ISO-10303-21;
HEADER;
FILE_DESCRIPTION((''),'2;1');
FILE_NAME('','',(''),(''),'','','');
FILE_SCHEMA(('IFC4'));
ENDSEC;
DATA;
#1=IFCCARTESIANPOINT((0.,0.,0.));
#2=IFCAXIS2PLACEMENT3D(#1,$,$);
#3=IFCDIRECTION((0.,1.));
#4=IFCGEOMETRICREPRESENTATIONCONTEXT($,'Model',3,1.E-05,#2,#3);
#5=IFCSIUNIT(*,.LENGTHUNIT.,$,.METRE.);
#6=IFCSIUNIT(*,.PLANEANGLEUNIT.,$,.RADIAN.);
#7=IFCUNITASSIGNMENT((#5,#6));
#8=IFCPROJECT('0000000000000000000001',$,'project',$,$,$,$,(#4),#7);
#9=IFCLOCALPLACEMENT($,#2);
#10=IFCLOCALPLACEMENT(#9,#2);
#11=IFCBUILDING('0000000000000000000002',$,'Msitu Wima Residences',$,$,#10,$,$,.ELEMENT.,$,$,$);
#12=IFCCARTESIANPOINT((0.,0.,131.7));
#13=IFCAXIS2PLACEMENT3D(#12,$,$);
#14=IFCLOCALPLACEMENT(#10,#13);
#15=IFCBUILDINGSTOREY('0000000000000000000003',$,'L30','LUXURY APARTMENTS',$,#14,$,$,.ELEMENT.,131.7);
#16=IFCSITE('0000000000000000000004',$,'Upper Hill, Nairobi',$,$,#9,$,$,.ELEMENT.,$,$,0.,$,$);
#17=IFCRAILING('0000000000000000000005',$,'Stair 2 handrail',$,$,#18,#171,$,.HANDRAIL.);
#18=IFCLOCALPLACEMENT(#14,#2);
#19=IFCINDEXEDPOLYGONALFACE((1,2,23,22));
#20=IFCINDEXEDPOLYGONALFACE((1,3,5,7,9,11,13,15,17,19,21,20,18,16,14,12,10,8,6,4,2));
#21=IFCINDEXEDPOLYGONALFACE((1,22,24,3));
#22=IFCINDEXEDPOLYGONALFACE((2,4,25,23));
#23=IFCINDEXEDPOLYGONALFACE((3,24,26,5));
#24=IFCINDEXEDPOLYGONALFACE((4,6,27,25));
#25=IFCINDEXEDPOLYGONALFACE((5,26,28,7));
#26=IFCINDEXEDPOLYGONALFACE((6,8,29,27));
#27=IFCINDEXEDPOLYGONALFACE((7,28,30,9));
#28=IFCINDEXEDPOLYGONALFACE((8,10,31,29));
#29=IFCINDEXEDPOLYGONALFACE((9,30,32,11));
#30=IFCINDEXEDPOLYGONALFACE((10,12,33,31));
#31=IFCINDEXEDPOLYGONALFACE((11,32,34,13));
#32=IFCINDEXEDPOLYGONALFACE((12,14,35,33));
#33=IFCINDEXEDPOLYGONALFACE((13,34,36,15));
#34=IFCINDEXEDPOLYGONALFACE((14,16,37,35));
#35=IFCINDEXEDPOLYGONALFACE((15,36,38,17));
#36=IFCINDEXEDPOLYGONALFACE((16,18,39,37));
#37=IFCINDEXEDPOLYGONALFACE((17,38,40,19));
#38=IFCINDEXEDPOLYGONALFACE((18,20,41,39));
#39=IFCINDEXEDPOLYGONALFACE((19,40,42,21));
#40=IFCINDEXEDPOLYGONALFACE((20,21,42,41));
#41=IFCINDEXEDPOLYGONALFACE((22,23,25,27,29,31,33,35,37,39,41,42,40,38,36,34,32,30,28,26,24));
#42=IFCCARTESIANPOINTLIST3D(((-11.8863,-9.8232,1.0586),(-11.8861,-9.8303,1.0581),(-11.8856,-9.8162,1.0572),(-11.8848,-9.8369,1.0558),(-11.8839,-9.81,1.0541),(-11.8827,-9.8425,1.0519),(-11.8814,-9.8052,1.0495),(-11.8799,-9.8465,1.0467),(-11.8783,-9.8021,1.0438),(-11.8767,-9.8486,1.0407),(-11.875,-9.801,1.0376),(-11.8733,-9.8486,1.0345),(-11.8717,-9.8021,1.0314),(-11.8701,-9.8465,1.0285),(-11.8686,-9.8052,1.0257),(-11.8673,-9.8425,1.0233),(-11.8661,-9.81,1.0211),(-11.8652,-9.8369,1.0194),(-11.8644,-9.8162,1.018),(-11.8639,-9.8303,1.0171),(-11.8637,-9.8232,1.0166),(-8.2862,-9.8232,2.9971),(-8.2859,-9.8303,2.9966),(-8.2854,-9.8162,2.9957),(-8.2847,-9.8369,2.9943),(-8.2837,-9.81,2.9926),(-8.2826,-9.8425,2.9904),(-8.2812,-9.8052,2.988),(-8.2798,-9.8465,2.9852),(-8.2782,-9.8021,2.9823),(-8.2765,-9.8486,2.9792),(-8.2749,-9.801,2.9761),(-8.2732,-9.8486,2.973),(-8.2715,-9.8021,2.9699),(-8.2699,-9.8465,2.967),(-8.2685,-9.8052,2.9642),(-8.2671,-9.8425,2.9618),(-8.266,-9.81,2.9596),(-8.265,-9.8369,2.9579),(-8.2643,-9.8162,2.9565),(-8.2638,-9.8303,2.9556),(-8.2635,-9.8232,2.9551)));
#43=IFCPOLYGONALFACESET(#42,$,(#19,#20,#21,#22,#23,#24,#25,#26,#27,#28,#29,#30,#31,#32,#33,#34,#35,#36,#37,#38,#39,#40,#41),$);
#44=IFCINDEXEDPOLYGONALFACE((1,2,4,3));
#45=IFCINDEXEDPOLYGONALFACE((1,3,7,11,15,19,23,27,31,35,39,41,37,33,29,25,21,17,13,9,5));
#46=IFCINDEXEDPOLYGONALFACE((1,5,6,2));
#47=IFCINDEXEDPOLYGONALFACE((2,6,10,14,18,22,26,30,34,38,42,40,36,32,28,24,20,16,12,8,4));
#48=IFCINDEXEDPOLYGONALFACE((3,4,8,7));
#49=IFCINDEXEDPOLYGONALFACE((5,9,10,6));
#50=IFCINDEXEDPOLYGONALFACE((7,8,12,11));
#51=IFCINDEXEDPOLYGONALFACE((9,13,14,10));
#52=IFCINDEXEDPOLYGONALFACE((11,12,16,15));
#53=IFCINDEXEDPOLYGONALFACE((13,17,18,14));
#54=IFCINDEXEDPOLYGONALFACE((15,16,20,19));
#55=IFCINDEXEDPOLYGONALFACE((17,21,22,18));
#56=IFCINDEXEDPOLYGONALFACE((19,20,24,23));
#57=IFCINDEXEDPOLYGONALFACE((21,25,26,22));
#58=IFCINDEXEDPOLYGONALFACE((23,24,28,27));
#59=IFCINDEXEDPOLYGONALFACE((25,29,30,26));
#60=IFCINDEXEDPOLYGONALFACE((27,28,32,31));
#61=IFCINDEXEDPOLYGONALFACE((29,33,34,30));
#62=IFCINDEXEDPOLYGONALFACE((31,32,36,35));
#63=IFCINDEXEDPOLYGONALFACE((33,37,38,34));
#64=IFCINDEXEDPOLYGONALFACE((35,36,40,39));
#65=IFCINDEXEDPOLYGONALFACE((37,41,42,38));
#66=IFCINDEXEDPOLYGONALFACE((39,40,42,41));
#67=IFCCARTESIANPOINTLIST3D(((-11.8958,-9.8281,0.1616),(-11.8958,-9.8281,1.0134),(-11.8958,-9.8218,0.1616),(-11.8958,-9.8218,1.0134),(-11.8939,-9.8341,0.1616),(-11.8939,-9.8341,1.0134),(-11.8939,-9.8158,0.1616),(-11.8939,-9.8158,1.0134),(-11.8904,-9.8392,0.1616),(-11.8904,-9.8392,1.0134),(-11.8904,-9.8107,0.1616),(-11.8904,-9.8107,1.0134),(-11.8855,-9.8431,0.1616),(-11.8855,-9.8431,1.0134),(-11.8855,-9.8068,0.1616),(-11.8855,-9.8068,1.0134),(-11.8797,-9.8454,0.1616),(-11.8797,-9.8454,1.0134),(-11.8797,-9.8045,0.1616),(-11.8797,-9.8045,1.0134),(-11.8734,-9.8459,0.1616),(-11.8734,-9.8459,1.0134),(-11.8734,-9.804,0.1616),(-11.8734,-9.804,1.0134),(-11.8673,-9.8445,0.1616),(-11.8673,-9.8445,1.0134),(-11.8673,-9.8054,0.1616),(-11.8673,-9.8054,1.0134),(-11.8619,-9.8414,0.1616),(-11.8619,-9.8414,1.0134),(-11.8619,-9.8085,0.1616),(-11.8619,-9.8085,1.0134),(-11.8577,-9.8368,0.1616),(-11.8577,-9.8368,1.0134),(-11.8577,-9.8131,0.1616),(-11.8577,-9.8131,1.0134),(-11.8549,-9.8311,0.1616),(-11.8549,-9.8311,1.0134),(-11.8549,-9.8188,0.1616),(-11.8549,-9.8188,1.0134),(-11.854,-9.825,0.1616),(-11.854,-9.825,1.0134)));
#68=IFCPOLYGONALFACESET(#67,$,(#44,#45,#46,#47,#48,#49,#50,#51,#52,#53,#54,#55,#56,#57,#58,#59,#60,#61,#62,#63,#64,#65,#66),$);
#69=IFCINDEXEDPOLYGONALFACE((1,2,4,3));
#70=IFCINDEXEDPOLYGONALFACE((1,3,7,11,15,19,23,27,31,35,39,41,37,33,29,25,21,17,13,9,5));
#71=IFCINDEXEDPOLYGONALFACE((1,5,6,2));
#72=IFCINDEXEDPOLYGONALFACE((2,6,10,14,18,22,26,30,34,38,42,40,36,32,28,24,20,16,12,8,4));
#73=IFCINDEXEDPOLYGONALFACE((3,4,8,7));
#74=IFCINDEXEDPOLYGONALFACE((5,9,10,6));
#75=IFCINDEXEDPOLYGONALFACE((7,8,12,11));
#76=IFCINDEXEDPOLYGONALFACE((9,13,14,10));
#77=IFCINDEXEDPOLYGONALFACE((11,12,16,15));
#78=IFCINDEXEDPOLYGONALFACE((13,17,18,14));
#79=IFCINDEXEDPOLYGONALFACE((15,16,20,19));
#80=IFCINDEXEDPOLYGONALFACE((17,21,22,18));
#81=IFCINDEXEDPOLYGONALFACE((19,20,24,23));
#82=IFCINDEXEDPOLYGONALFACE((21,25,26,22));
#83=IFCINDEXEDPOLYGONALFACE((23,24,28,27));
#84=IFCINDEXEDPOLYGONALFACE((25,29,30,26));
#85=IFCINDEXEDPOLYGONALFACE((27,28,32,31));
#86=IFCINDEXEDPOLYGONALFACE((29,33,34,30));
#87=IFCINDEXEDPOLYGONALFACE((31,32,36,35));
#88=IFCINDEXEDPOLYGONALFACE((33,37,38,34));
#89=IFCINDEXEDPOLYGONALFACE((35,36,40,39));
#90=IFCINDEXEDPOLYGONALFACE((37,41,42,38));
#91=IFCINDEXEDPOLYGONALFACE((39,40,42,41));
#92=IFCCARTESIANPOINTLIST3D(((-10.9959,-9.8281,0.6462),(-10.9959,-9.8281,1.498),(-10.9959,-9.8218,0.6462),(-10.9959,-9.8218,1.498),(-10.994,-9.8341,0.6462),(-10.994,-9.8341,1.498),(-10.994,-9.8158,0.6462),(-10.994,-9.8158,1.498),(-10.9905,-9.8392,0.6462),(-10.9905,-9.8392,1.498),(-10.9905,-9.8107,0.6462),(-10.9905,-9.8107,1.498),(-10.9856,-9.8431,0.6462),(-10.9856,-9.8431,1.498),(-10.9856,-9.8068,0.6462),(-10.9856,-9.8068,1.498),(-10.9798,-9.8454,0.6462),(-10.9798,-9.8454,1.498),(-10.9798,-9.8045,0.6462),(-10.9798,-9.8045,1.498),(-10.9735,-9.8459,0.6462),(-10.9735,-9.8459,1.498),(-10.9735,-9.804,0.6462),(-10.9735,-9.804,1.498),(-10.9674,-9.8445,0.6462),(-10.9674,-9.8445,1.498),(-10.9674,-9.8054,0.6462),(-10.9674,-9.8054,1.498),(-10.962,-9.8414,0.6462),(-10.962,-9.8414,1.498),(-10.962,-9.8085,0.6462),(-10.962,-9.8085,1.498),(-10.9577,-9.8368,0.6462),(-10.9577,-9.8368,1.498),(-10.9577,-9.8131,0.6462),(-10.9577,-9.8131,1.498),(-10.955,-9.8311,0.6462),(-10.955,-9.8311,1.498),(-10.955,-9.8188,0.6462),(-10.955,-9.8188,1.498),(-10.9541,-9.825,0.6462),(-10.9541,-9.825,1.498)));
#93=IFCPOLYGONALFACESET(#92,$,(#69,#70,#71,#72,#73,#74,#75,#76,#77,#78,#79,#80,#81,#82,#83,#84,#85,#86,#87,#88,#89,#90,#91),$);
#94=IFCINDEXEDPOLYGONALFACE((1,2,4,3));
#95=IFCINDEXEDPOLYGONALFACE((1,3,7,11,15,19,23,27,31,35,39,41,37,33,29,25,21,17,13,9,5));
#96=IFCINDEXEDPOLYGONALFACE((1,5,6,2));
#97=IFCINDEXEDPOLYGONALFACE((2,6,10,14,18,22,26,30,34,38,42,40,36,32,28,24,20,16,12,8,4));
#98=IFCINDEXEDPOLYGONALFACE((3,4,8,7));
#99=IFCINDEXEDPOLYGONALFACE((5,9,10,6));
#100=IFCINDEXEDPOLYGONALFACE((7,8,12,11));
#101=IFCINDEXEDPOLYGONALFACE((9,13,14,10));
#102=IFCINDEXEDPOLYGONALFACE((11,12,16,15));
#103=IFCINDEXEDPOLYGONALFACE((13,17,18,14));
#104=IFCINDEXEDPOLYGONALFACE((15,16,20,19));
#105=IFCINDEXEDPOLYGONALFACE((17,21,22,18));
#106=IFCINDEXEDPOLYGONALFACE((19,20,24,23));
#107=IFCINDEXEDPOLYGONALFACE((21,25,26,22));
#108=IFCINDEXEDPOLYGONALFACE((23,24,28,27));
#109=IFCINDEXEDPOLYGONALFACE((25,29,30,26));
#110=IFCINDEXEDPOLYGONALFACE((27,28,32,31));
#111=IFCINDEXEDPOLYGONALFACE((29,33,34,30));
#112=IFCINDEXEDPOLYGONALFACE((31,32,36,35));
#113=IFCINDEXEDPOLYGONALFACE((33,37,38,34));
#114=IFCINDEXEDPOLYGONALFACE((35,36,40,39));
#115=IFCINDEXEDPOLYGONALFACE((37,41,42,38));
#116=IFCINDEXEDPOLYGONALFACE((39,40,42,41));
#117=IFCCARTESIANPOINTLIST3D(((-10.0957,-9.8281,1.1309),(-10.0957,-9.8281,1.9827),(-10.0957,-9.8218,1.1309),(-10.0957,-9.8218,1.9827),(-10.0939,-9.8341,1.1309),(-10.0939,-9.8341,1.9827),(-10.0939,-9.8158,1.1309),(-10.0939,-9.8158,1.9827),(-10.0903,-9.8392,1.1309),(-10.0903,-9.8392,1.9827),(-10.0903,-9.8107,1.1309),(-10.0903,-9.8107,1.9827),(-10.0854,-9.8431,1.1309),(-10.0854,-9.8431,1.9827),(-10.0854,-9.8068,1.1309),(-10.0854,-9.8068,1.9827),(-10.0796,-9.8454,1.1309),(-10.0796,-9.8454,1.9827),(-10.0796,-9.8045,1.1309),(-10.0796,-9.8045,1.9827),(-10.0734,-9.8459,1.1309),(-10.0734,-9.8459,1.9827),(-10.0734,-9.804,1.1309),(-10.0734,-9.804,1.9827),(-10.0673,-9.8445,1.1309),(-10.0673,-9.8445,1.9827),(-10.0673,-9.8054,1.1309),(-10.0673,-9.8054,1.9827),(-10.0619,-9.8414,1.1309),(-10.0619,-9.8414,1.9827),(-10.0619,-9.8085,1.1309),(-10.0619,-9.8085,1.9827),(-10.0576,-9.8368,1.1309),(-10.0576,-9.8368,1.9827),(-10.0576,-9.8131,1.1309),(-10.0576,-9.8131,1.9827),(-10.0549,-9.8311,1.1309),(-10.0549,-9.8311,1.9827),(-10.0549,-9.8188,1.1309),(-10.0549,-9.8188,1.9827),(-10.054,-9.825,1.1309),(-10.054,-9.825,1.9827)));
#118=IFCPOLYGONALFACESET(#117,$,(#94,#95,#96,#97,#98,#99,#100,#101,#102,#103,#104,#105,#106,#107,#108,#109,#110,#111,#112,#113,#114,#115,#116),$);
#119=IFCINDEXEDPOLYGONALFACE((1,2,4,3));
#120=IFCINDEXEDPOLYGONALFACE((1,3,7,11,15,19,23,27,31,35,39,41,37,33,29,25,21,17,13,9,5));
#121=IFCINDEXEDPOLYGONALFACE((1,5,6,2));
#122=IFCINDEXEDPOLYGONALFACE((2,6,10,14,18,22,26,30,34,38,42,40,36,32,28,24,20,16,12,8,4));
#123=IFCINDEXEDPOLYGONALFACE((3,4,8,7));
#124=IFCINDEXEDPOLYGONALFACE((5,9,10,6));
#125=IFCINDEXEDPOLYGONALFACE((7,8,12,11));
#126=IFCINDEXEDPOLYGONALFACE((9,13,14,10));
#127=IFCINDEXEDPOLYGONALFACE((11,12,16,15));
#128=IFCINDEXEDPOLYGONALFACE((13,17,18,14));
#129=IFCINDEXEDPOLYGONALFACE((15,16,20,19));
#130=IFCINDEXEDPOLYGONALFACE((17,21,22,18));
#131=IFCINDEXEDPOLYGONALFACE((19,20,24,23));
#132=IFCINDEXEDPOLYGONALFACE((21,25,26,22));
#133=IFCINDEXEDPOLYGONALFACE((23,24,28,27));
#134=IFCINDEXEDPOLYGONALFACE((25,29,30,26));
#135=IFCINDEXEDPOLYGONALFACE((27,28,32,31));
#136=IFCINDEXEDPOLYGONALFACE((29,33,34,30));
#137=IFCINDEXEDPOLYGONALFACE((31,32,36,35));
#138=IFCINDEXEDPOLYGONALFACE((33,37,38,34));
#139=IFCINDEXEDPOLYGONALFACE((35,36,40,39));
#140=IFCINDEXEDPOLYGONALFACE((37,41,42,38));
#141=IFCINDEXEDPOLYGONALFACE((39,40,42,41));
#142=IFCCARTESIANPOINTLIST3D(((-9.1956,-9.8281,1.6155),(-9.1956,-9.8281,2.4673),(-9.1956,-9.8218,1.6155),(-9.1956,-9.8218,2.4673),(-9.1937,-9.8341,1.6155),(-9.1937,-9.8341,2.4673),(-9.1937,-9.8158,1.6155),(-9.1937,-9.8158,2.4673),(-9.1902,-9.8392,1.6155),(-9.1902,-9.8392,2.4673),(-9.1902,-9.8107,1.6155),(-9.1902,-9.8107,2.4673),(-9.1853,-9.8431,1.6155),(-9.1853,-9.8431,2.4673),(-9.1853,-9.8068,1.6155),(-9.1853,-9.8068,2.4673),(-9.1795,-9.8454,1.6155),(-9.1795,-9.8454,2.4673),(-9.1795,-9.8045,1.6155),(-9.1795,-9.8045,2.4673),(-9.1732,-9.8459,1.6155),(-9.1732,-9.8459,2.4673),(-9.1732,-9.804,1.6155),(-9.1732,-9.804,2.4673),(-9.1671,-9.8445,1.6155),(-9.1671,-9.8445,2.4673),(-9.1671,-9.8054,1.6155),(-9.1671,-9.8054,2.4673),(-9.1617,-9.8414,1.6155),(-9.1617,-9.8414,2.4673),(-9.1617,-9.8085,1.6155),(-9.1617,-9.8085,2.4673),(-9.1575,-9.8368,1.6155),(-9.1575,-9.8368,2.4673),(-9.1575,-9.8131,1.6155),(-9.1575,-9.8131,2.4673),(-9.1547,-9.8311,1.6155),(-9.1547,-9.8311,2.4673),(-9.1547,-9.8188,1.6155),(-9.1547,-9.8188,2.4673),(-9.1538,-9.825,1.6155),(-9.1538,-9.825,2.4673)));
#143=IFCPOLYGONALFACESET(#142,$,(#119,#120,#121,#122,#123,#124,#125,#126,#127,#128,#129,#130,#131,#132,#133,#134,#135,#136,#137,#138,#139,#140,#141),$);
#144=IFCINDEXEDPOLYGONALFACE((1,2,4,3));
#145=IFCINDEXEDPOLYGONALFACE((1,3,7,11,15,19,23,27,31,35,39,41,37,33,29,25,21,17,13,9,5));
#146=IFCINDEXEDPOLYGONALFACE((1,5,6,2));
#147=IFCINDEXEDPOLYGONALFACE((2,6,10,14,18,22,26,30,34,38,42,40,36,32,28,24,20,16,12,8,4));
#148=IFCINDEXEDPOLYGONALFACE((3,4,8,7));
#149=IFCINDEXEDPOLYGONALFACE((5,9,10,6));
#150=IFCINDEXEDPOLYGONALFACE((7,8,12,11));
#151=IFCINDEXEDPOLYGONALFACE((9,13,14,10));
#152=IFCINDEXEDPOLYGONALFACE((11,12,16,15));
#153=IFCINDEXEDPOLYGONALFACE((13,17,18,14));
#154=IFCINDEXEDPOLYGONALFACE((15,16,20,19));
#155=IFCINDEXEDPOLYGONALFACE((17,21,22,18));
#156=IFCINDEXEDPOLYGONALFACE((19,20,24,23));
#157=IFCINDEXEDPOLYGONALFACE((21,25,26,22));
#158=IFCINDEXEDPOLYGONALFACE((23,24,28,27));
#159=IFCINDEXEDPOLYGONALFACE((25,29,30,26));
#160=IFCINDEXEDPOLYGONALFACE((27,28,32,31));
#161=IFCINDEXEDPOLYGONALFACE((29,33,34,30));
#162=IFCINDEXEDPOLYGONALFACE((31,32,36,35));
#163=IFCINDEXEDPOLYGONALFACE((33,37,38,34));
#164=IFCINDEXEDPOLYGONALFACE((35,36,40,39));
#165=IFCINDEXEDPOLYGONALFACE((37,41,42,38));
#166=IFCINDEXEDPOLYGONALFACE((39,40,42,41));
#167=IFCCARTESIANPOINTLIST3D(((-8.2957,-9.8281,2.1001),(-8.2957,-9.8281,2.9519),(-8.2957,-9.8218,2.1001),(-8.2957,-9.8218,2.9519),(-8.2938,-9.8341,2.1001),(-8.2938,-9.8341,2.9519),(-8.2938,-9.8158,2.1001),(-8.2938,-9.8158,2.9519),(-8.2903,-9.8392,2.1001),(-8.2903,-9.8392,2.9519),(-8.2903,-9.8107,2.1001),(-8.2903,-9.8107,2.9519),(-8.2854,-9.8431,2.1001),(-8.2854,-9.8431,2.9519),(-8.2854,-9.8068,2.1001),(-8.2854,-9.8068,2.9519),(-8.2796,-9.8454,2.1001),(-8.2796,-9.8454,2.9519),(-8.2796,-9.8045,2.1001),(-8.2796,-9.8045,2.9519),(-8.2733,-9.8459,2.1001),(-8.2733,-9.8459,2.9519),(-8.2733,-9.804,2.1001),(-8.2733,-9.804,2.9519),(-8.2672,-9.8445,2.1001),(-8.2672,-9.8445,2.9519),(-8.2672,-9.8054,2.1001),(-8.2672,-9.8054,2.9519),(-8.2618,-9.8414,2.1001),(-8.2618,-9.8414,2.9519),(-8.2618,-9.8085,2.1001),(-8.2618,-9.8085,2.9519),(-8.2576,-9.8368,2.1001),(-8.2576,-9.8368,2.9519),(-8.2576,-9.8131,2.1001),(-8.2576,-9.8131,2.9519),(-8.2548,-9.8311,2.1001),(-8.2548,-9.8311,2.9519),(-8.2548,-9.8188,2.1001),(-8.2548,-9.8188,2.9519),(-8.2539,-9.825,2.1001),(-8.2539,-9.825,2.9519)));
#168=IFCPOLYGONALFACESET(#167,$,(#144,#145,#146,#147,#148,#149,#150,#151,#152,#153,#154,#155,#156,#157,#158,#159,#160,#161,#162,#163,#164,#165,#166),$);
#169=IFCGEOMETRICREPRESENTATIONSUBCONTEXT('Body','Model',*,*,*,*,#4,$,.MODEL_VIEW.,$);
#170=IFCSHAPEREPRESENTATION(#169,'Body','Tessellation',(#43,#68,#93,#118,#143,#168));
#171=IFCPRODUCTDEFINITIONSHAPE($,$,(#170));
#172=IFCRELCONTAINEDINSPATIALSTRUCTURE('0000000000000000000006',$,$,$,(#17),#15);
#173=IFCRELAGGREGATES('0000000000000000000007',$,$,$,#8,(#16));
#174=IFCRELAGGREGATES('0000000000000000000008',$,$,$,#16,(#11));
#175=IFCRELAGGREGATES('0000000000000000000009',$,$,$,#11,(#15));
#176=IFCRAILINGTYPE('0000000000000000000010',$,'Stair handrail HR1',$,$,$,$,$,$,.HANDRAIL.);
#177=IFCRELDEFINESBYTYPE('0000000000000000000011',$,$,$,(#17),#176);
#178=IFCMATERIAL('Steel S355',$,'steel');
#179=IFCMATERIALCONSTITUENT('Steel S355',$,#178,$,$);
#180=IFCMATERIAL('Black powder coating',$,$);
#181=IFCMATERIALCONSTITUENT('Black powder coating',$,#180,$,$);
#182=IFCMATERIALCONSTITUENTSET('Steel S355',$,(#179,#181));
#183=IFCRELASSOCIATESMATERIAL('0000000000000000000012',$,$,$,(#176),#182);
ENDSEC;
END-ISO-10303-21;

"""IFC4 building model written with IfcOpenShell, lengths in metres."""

from ifc_helpers import new_model, si_unit, direction, frame, origin, origin_2d, place, context, subcontext, project, spatial, circle, extrude, material, constituent, constituent_set, type_object, element, save


model = new_model("IFC4")

# Units and contexts
model_context = context("Model", 3, precision=1e-05, world=origin(), true_north=direction((0.0, 1.0)))
body_context = subcontext(model_context, "Body", "Model", "MODEL_VIEW")
ifc_project = project(units=[si_unit("LENGTHUNIT", "METRE"), si_unit("PLANEANGLEUNIT", "RADIAN")], contexts=[model_context])

# Site, building, storey
site_placement = place(None, origin())
site = spatial("IfcSite", under=ifc_project, at=site_placement, Name="Upper Hill, Nairobi", CompositionType="ELEMENT", RefElevation=0.0)
building_placement = place(site_placement, origin())
building = spatial("IfcBuilding", under=site, at=building_placement, Name="Msitu Wima Residences", CompositionType="ELEMENT")
storey_placement = place(building_placement, frame((0.0, 0.0, 131.7)))
storey = spatial("IfcBuildingStorey", under=building, at=storey_placement, Name="L30", Description="LUXURY APARTMENTS", CompositionType="ELEMENT", Elevation=131.7)

# Railing
ifc_material_1 = material(Name="Steel S355", Category="steel")
ifc_constituent_1 = constituent(ifc_material_1, Name="Steel S355")
ifc_material_2 = material(Name="Black powder coating")
ifc_constituent_2 = constituent(ifc_material_2, Name="Black powder coating")
ifc_constituent_set = constituent_set(constituents=[ifc_constituent_1, ifc_constituent_2], Name="Steel S355")
railing_type = type_object("IfcRailingType", Name="Stair handrail HR1", PredefinedType="HANDRAIL", material=ifc_constituent_set)
for number, where, name in (
    (1, (-11.875, -9.825, 0.1616), "Stair 2 handrail"),
):
    element("IfcRailing", number, at=place(storey_placement, frame(where)), inside=storey, type_object=railing_type, Name=name, PredefinedType="HANDRAIL", context=body_context, shape_type="SweptSolid", body=[
        extrude(circle(Radius=0.0239, at=origin_2d()), frame((0.0, 0.0, 0.876), z_axis=(0.880475, 0.0, 0.474093), x_axis=(0.0, 1.0, 0.0)), (0.0, 0.0, 1.0), 4.0889),
        extrude(circle(Radius=0.021, at=origin_2d()), origin(), (0.0, 0.0, 1.0), 0.8518),
        extrude(circle(Radius=0.021, at=origin_2d()), frame((0.8999, 0.0, 0.4846)), (0.0, 0.0, 1.0), 0.8518),
        extrude(circle(Radius=0.021, at=origin_2d()), frame((1.8, 0.0, 0.9692)), (0.0, 0.0, 1.0), 0.8518),
        extrude(circle(Radius=0.021, at=origin_2d()), frame((2.7002, 0.0, 1.4539)), (0.0, 0.0, 1.0), 0.8518),
        extrude(circle(Radius=0.021, at=origin_2d()), frame((3.6001, 0.0, 1.9385)), (0.0, 0.0, 1.0), 0.8518),
    ])

save(model, "model.ifc")
